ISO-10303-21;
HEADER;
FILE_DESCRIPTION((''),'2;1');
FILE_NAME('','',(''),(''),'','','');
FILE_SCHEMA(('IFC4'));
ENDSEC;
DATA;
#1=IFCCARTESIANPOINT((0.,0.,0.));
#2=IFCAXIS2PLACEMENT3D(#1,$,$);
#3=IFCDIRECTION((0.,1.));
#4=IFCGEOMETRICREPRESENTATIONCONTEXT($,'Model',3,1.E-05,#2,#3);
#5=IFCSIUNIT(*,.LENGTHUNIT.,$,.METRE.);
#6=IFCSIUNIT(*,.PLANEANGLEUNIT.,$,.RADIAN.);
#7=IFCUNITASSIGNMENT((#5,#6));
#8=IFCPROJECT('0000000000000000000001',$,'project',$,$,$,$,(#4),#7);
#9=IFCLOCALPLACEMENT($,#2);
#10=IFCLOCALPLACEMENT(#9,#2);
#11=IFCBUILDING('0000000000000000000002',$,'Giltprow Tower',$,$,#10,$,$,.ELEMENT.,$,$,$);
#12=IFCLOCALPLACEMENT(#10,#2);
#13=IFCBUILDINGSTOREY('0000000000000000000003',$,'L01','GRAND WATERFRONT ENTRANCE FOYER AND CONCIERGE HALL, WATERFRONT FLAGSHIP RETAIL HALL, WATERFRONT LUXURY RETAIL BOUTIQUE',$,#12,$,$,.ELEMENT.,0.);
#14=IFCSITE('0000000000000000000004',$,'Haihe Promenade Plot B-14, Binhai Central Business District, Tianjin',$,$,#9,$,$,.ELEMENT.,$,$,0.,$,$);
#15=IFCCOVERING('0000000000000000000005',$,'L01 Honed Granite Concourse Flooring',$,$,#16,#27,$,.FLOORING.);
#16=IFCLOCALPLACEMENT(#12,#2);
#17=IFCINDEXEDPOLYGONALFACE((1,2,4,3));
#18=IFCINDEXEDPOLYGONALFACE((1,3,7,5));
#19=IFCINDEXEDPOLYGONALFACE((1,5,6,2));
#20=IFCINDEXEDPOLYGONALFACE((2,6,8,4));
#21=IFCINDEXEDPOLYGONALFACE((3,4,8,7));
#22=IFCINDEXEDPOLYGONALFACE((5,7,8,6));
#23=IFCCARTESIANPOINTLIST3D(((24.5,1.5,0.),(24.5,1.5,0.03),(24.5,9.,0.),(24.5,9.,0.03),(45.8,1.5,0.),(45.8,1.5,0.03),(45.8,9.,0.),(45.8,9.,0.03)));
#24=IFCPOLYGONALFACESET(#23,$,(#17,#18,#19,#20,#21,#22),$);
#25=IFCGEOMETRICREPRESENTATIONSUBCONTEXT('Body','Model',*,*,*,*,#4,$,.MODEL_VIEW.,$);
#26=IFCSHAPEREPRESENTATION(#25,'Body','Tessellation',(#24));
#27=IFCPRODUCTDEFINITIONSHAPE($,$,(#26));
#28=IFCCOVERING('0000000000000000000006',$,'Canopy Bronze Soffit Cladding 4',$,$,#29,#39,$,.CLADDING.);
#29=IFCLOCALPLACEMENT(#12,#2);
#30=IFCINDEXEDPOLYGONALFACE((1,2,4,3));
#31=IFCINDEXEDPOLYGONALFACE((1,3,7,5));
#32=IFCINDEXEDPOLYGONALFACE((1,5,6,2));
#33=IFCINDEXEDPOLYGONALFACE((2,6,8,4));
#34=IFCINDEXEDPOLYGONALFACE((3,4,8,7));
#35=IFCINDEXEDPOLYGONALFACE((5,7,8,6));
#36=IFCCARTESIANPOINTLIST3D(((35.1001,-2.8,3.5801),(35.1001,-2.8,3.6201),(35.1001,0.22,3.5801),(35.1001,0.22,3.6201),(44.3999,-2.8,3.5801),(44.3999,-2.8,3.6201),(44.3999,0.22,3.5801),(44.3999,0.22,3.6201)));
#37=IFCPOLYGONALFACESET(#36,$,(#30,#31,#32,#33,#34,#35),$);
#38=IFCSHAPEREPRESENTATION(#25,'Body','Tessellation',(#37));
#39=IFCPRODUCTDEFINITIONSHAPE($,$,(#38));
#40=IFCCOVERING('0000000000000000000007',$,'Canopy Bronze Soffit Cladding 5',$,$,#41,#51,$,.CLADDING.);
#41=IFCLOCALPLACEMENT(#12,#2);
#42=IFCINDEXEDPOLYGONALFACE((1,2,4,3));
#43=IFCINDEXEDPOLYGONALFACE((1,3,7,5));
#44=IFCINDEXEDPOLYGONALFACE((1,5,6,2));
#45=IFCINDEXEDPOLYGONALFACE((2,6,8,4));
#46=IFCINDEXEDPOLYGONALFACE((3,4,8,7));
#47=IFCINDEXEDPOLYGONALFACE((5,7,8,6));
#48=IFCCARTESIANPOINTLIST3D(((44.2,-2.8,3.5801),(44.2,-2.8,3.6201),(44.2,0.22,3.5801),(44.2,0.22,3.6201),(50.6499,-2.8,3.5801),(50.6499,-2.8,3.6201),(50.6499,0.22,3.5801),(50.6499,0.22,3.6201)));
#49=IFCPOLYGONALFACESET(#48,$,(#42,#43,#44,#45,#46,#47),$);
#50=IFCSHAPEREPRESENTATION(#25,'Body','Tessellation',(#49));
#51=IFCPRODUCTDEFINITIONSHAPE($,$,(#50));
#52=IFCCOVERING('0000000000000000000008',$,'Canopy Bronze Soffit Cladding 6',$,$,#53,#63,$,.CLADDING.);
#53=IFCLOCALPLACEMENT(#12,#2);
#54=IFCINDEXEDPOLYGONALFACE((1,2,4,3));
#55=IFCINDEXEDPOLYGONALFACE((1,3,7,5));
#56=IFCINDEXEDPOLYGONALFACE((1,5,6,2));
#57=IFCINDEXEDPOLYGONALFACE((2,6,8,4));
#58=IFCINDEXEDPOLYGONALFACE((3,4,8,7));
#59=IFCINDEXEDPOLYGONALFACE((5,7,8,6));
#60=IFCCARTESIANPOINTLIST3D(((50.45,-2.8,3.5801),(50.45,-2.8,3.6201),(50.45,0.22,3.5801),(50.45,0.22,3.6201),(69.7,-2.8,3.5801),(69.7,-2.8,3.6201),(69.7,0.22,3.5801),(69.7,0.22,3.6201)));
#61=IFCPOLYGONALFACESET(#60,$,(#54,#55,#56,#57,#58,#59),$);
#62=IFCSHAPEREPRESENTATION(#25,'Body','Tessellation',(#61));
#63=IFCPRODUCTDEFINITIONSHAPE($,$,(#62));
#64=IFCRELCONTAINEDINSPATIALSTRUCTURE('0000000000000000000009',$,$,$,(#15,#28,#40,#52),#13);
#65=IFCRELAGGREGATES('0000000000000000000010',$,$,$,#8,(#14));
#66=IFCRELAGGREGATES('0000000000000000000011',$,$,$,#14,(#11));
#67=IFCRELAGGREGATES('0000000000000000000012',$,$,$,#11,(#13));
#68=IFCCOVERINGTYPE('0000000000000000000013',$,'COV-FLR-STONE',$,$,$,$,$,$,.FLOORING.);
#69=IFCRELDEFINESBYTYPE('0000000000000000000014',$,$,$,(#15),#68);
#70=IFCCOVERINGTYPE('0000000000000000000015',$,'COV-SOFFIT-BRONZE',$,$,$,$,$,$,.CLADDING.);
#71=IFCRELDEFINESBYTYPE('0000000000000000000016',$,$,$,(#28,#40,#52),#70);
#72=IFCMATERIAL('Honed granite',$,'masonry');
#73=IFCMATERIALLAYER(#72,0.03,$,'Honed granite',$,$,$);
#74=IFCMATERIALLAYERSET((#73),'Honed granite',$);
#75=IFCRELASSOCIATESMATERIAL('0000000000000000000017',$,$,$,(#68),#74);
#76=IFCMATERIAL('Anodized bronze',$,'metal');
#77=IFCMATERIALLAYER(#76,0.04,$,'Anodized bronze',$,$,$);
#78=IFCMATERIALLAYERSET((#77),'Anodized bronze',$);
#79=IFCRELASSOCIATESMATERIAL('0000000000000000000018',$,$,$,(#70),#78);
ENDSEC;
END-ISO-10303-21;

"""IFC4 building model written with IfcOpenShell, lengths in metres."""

from ifc_helpers import new_model, si_unit, direction, frame, origin, place, context, subcontext, project, spatial, polyline, outline, extrude, material, layer, layer_set, type_object, element, save


model = new_model("IFC4")

# Units and contexts
model_context = context("Model", 3, precision=1e-05, world=origin(), true_north=direction((0.0, 1.0)))
body_context = subcontext(model_context, "Body", "Model", "MODEL_VIEW")
ifc_project = project(units=[si_unit("LENGTHUNIT", "METRE"), si_unit("PLANEANGLEUNIT", "RADIAN")], contexts=[model_context])

# Site, building, storey
site_placement = place(None, origin())
site = spatial("IfcSite", under=ifc_project, at=site_placement, Name="Haihe Promenade Plot B-14, Binhai Central Business District, Tianjin", CompositionType="ELEMENT", RefElevation=0.0)
building_placement = place(site_placement, origin())
building = spatial("IfcBuilding", under=site, at=building_placement, Name="Giltprow Tower", CompositionType="ELEMENT")
storey_placement = place(building_placement, origin())
storey = spatial("IfcBuildingStorey", under=building, at=storey_placement, Name="L01", Description="GRAND WATERFRONT ENTRANCE FOYER AND CONCIERGE HALL, WATERFRONT FLAGSHIP RETAIL HALL, WATERFRONT LUXURY RETAIL BOUTIQUE", CompositionType="ELEMENT", Elevation=0.0)

# Shared definitions
ifc_material_1 = material(Name="Anodized bronze", Category="metal")

# Coverings
ifc_material_2 = material(Name="Honed granite", Category="masonry")
ifc_layer_1 = layer(ifc_material_2, 0.03, Name="Honed granite")
ifc_layer_set_1 = layer_set([ifc_layer_1], Name="Honed granite")
covering_type_1 = type_object("IfcCoveringType", Name="COV-FLR-STONE", PredefinedType="FLOORING", material=ifc_layer_set_1)
covering_1_placement = place(storey_placement, origin())
element("IfcCovering", 1, at=covering_1_placement, inside=storey, type_object=covering_type_1, Name="L01 Honed Granite Concourse Flooring", PredefinedType="FLOORING", context=body_context, shape_type="SweptSolid", body=[
    extrude(outline(polyline([(24.5, 1.5), (45.8, 1.5), (45.8, 9.0), (24.5, 9.0), (24.5, 1.5)])), origin(), (0.0, 0.0, 1.0), 0.03),
])
ifc_layer_2 = layer(ifc_material_1, 0.04, Name="Anodized bronze")
ifc_layer_set_2 = layer_set([ifc_layer_2], Name="Anodized bronze")
covering_type_2 = type_object("IfcCoveringType", Name="COV-SOFFIT-BRONZE", PredefinedType="CLADDING", material=ifc_layer_set_2)
covering_2_placement = place(storey_placement, frame((0.0, 0.0, 3.5801)))
element("IfcCovering", 2, at=covering_2_placement, inside=storey, type_object=covering_type_2, Name="Canopy Bronze Soffit Cladding 4", PredefinedType="CLADDING", context=body_context, shape_type="SweptSolid", body=[
    extrude(outline(polyline([(35.1001, -2.8), (44.3999, -2.8), (44.3999, 0.22), (35.1001, 0.22), (35.1001, -2.8)])), origin(), (0.0, 0.0, 1.0), 0.04),
])
covering_3_placement = place(storey_placement, frame((0.0, 0.0, 3.5801)))
element("IfcCovering", 3, at=covering_3_placement, inside=storey, type_object=covering_type_2, Name="Canopy Bronze Soffit Cladding 5", PredefinedType="CLADDING", context=body_context, shape_type="SweptSolid", body=[
    extrude(outline(polyline([(44.2, -2.8), (50.6499, -2.8), (50.6499, 0.22), (44.2, 0.22), (44.2, -2.8)])), origin(), (0.0, 0.0, 1.0), 0.04),
])
covering_4_placement = place(storey_placement, frame((0.0, 0.0, 3.5801)))
element("IfcCovering", 4, at=covering_4_placement, inside=storey, type_object=covering_type_2, Name="Canopy Bronze Soffit Cladding 6", PredefinedType="CLADDING", context=body_context, shape_type="SweptSolid", body=[
    extrude(outline(polyline([(50.45, -2.8), (69.7, -2.8), (69.7, 0.22), (50.45, 0.22), (50.45, -2.8)])), origin(), (0.0, 0.0, 1.0), 0.04),
])

save(model, "model.ifc")
